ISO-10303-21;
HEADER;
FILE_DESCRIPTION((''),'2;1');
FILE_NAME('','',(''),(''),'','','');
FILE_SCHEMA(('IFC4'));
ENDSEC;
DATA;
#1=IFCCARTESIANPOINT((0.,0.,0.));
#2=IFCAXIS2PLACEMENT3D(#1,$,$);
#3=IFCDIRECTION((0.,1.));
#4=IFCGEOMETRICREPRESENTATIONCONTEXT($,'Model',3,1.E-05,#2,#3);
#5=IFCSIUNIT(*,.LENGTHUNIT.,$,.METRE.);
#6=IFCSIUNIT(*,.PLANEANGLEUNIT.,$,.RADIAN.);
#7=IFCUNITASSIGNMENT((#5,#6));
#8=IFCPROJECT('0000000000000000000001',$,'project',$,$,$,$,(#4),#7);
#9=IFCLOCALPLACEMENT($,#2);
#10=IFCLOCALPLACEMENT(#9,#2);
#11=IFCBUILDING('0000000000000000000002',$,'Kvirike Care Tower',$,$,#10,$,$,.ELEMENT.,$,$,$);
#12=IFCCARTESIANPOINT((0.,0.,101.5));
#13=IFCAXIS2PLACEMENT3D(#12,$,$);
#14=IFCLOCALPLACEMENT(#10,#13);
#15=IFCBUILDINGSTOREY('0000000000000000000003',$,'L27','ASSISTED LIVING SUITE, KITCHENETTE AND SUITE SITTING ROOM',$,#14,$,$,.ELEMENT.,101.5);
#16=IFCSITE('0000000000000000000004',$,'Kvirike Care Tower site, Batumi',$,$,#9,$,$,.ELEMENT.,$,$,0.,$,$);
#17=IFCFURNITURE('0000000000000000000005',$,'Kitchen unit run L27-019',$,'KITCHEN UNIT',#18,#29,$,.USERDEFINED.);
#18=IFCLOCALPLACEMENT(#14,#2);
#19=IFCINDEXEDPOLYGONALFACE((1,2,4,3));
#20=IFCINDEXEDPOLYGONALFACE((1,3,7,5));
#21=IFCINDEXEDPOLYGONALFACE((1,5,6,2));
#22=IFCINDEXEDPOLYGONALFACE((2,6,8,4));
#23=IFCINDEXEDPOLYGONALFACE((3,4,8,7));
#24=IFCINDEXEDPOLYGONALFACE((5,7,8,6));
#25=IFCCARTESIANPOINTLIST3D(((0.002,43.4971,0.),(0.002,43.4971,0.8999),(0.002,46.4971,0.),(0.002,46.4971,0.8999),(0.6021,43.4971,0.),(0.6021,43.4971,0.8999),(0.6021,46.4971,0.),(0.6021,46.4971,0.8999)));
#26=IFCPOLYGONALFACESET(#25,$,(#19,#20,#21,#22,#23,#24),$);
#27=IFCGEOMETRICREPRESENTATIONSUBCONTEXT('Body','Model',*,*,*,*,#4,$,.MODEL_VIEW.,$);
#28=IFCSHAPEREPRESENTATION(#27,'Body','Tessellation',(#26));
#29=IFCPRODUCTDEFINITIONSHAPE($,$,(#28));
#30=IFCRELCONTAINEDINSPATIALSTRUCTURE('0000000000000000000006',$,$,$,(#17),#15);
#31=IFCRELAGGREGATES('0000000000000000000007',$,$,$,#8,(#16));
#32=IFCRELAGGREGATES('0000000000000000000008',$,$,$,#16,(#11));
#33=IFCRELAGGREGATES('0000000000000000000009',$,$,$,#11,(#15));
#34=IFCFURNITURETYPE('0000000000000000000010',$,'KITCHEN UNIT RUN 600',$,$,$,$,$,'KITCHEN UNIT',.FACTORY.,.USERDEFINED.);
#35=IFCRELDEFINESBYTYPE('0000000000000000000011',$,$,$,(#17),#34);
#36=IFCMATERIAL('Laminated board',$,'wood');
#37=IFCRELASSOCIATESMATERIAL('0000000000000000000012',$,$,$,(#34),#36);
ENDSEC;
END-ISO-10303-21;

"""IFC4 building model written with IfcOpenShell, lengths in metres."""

from ifc_helpers import new_model, si_unit, direction, frame, origin, origin_2d, place, context, subcontext, project, spatial, rectangle, extrude, material, type_object, element, save


model = new_model("IFC4")

# Units and contexts
model_context = context("Model", 3, precision=1e-05, world=origin(), true_north=direction((0.0, 1.0)))
body_context = subcontext(model_context, "Body", "Model", "MODEL_VIEW")
ifc_project = project(units=[si_unit("LENGTHUNIT", "METRE"), si_unit("PLANEANGLEUNIT", "RADIAN")], contexts=[model_context])

# Site, building, storey
site_placement = place(None, origin())
site = spatial("IfcSite", under=ifc_project, at=site_placement, Name="Kvirike Care Tower site, Batumi", CompositionType="ELEMENT", RefElevation=0.0)
building_placement = place(site_placement, origin())
building = spatial("IfcBuilding", under=site, at=building_placement, Name="Kvirike Care Tower", CompositionType="ELEMENT")
storey_placement = place(building_placement, frame((0.0, 0.0, 101.5)))
storey = spatial("IfcBuildingStorey", under=building, at=storey_placement, Name="L27", Description="ASSISTED LIVING SUITE, KITCHENETTE AND SUITE SITTING ROOM", CompositionType="ELEMENT", Elevation=101.5)

# Furniture
ifc_material_1 = material(Name="Laminated board", Category="wood")
furniture_type_1 = type_object("IfcFurnitureType", Name="KITCHEN UNIT RUN 600", ElementType="KITCHEN UNIT", AssemblyPlace="FACTORY", PredefinedType="USERDEFINED", material=ifc_material_1)
furniture_1_placement = place(storey_placement, frame((0.302, 44.9971, 0.0), z_axis=(0.0, 0.0, 1.0), x_axis=(0.0, 1.0, 0.0)))
element("IfcFurniture", 1, at=furniture_1_placement, inside=storey, type_object=furniture_type_1, Name="Kitchen unit run L27-019", ObjectType="KITCHEN UNIT", PredefinedType="USERDEFINED", context=body_context, shape_type="SweptSolid", body=[
    extrude(rectangle(XDim=3.0, YDim=0.6001, at=origin_2d()), origin(), (0.0, 0.0, 1.0), 0.8999),
])

save(model, "model.ifc")
